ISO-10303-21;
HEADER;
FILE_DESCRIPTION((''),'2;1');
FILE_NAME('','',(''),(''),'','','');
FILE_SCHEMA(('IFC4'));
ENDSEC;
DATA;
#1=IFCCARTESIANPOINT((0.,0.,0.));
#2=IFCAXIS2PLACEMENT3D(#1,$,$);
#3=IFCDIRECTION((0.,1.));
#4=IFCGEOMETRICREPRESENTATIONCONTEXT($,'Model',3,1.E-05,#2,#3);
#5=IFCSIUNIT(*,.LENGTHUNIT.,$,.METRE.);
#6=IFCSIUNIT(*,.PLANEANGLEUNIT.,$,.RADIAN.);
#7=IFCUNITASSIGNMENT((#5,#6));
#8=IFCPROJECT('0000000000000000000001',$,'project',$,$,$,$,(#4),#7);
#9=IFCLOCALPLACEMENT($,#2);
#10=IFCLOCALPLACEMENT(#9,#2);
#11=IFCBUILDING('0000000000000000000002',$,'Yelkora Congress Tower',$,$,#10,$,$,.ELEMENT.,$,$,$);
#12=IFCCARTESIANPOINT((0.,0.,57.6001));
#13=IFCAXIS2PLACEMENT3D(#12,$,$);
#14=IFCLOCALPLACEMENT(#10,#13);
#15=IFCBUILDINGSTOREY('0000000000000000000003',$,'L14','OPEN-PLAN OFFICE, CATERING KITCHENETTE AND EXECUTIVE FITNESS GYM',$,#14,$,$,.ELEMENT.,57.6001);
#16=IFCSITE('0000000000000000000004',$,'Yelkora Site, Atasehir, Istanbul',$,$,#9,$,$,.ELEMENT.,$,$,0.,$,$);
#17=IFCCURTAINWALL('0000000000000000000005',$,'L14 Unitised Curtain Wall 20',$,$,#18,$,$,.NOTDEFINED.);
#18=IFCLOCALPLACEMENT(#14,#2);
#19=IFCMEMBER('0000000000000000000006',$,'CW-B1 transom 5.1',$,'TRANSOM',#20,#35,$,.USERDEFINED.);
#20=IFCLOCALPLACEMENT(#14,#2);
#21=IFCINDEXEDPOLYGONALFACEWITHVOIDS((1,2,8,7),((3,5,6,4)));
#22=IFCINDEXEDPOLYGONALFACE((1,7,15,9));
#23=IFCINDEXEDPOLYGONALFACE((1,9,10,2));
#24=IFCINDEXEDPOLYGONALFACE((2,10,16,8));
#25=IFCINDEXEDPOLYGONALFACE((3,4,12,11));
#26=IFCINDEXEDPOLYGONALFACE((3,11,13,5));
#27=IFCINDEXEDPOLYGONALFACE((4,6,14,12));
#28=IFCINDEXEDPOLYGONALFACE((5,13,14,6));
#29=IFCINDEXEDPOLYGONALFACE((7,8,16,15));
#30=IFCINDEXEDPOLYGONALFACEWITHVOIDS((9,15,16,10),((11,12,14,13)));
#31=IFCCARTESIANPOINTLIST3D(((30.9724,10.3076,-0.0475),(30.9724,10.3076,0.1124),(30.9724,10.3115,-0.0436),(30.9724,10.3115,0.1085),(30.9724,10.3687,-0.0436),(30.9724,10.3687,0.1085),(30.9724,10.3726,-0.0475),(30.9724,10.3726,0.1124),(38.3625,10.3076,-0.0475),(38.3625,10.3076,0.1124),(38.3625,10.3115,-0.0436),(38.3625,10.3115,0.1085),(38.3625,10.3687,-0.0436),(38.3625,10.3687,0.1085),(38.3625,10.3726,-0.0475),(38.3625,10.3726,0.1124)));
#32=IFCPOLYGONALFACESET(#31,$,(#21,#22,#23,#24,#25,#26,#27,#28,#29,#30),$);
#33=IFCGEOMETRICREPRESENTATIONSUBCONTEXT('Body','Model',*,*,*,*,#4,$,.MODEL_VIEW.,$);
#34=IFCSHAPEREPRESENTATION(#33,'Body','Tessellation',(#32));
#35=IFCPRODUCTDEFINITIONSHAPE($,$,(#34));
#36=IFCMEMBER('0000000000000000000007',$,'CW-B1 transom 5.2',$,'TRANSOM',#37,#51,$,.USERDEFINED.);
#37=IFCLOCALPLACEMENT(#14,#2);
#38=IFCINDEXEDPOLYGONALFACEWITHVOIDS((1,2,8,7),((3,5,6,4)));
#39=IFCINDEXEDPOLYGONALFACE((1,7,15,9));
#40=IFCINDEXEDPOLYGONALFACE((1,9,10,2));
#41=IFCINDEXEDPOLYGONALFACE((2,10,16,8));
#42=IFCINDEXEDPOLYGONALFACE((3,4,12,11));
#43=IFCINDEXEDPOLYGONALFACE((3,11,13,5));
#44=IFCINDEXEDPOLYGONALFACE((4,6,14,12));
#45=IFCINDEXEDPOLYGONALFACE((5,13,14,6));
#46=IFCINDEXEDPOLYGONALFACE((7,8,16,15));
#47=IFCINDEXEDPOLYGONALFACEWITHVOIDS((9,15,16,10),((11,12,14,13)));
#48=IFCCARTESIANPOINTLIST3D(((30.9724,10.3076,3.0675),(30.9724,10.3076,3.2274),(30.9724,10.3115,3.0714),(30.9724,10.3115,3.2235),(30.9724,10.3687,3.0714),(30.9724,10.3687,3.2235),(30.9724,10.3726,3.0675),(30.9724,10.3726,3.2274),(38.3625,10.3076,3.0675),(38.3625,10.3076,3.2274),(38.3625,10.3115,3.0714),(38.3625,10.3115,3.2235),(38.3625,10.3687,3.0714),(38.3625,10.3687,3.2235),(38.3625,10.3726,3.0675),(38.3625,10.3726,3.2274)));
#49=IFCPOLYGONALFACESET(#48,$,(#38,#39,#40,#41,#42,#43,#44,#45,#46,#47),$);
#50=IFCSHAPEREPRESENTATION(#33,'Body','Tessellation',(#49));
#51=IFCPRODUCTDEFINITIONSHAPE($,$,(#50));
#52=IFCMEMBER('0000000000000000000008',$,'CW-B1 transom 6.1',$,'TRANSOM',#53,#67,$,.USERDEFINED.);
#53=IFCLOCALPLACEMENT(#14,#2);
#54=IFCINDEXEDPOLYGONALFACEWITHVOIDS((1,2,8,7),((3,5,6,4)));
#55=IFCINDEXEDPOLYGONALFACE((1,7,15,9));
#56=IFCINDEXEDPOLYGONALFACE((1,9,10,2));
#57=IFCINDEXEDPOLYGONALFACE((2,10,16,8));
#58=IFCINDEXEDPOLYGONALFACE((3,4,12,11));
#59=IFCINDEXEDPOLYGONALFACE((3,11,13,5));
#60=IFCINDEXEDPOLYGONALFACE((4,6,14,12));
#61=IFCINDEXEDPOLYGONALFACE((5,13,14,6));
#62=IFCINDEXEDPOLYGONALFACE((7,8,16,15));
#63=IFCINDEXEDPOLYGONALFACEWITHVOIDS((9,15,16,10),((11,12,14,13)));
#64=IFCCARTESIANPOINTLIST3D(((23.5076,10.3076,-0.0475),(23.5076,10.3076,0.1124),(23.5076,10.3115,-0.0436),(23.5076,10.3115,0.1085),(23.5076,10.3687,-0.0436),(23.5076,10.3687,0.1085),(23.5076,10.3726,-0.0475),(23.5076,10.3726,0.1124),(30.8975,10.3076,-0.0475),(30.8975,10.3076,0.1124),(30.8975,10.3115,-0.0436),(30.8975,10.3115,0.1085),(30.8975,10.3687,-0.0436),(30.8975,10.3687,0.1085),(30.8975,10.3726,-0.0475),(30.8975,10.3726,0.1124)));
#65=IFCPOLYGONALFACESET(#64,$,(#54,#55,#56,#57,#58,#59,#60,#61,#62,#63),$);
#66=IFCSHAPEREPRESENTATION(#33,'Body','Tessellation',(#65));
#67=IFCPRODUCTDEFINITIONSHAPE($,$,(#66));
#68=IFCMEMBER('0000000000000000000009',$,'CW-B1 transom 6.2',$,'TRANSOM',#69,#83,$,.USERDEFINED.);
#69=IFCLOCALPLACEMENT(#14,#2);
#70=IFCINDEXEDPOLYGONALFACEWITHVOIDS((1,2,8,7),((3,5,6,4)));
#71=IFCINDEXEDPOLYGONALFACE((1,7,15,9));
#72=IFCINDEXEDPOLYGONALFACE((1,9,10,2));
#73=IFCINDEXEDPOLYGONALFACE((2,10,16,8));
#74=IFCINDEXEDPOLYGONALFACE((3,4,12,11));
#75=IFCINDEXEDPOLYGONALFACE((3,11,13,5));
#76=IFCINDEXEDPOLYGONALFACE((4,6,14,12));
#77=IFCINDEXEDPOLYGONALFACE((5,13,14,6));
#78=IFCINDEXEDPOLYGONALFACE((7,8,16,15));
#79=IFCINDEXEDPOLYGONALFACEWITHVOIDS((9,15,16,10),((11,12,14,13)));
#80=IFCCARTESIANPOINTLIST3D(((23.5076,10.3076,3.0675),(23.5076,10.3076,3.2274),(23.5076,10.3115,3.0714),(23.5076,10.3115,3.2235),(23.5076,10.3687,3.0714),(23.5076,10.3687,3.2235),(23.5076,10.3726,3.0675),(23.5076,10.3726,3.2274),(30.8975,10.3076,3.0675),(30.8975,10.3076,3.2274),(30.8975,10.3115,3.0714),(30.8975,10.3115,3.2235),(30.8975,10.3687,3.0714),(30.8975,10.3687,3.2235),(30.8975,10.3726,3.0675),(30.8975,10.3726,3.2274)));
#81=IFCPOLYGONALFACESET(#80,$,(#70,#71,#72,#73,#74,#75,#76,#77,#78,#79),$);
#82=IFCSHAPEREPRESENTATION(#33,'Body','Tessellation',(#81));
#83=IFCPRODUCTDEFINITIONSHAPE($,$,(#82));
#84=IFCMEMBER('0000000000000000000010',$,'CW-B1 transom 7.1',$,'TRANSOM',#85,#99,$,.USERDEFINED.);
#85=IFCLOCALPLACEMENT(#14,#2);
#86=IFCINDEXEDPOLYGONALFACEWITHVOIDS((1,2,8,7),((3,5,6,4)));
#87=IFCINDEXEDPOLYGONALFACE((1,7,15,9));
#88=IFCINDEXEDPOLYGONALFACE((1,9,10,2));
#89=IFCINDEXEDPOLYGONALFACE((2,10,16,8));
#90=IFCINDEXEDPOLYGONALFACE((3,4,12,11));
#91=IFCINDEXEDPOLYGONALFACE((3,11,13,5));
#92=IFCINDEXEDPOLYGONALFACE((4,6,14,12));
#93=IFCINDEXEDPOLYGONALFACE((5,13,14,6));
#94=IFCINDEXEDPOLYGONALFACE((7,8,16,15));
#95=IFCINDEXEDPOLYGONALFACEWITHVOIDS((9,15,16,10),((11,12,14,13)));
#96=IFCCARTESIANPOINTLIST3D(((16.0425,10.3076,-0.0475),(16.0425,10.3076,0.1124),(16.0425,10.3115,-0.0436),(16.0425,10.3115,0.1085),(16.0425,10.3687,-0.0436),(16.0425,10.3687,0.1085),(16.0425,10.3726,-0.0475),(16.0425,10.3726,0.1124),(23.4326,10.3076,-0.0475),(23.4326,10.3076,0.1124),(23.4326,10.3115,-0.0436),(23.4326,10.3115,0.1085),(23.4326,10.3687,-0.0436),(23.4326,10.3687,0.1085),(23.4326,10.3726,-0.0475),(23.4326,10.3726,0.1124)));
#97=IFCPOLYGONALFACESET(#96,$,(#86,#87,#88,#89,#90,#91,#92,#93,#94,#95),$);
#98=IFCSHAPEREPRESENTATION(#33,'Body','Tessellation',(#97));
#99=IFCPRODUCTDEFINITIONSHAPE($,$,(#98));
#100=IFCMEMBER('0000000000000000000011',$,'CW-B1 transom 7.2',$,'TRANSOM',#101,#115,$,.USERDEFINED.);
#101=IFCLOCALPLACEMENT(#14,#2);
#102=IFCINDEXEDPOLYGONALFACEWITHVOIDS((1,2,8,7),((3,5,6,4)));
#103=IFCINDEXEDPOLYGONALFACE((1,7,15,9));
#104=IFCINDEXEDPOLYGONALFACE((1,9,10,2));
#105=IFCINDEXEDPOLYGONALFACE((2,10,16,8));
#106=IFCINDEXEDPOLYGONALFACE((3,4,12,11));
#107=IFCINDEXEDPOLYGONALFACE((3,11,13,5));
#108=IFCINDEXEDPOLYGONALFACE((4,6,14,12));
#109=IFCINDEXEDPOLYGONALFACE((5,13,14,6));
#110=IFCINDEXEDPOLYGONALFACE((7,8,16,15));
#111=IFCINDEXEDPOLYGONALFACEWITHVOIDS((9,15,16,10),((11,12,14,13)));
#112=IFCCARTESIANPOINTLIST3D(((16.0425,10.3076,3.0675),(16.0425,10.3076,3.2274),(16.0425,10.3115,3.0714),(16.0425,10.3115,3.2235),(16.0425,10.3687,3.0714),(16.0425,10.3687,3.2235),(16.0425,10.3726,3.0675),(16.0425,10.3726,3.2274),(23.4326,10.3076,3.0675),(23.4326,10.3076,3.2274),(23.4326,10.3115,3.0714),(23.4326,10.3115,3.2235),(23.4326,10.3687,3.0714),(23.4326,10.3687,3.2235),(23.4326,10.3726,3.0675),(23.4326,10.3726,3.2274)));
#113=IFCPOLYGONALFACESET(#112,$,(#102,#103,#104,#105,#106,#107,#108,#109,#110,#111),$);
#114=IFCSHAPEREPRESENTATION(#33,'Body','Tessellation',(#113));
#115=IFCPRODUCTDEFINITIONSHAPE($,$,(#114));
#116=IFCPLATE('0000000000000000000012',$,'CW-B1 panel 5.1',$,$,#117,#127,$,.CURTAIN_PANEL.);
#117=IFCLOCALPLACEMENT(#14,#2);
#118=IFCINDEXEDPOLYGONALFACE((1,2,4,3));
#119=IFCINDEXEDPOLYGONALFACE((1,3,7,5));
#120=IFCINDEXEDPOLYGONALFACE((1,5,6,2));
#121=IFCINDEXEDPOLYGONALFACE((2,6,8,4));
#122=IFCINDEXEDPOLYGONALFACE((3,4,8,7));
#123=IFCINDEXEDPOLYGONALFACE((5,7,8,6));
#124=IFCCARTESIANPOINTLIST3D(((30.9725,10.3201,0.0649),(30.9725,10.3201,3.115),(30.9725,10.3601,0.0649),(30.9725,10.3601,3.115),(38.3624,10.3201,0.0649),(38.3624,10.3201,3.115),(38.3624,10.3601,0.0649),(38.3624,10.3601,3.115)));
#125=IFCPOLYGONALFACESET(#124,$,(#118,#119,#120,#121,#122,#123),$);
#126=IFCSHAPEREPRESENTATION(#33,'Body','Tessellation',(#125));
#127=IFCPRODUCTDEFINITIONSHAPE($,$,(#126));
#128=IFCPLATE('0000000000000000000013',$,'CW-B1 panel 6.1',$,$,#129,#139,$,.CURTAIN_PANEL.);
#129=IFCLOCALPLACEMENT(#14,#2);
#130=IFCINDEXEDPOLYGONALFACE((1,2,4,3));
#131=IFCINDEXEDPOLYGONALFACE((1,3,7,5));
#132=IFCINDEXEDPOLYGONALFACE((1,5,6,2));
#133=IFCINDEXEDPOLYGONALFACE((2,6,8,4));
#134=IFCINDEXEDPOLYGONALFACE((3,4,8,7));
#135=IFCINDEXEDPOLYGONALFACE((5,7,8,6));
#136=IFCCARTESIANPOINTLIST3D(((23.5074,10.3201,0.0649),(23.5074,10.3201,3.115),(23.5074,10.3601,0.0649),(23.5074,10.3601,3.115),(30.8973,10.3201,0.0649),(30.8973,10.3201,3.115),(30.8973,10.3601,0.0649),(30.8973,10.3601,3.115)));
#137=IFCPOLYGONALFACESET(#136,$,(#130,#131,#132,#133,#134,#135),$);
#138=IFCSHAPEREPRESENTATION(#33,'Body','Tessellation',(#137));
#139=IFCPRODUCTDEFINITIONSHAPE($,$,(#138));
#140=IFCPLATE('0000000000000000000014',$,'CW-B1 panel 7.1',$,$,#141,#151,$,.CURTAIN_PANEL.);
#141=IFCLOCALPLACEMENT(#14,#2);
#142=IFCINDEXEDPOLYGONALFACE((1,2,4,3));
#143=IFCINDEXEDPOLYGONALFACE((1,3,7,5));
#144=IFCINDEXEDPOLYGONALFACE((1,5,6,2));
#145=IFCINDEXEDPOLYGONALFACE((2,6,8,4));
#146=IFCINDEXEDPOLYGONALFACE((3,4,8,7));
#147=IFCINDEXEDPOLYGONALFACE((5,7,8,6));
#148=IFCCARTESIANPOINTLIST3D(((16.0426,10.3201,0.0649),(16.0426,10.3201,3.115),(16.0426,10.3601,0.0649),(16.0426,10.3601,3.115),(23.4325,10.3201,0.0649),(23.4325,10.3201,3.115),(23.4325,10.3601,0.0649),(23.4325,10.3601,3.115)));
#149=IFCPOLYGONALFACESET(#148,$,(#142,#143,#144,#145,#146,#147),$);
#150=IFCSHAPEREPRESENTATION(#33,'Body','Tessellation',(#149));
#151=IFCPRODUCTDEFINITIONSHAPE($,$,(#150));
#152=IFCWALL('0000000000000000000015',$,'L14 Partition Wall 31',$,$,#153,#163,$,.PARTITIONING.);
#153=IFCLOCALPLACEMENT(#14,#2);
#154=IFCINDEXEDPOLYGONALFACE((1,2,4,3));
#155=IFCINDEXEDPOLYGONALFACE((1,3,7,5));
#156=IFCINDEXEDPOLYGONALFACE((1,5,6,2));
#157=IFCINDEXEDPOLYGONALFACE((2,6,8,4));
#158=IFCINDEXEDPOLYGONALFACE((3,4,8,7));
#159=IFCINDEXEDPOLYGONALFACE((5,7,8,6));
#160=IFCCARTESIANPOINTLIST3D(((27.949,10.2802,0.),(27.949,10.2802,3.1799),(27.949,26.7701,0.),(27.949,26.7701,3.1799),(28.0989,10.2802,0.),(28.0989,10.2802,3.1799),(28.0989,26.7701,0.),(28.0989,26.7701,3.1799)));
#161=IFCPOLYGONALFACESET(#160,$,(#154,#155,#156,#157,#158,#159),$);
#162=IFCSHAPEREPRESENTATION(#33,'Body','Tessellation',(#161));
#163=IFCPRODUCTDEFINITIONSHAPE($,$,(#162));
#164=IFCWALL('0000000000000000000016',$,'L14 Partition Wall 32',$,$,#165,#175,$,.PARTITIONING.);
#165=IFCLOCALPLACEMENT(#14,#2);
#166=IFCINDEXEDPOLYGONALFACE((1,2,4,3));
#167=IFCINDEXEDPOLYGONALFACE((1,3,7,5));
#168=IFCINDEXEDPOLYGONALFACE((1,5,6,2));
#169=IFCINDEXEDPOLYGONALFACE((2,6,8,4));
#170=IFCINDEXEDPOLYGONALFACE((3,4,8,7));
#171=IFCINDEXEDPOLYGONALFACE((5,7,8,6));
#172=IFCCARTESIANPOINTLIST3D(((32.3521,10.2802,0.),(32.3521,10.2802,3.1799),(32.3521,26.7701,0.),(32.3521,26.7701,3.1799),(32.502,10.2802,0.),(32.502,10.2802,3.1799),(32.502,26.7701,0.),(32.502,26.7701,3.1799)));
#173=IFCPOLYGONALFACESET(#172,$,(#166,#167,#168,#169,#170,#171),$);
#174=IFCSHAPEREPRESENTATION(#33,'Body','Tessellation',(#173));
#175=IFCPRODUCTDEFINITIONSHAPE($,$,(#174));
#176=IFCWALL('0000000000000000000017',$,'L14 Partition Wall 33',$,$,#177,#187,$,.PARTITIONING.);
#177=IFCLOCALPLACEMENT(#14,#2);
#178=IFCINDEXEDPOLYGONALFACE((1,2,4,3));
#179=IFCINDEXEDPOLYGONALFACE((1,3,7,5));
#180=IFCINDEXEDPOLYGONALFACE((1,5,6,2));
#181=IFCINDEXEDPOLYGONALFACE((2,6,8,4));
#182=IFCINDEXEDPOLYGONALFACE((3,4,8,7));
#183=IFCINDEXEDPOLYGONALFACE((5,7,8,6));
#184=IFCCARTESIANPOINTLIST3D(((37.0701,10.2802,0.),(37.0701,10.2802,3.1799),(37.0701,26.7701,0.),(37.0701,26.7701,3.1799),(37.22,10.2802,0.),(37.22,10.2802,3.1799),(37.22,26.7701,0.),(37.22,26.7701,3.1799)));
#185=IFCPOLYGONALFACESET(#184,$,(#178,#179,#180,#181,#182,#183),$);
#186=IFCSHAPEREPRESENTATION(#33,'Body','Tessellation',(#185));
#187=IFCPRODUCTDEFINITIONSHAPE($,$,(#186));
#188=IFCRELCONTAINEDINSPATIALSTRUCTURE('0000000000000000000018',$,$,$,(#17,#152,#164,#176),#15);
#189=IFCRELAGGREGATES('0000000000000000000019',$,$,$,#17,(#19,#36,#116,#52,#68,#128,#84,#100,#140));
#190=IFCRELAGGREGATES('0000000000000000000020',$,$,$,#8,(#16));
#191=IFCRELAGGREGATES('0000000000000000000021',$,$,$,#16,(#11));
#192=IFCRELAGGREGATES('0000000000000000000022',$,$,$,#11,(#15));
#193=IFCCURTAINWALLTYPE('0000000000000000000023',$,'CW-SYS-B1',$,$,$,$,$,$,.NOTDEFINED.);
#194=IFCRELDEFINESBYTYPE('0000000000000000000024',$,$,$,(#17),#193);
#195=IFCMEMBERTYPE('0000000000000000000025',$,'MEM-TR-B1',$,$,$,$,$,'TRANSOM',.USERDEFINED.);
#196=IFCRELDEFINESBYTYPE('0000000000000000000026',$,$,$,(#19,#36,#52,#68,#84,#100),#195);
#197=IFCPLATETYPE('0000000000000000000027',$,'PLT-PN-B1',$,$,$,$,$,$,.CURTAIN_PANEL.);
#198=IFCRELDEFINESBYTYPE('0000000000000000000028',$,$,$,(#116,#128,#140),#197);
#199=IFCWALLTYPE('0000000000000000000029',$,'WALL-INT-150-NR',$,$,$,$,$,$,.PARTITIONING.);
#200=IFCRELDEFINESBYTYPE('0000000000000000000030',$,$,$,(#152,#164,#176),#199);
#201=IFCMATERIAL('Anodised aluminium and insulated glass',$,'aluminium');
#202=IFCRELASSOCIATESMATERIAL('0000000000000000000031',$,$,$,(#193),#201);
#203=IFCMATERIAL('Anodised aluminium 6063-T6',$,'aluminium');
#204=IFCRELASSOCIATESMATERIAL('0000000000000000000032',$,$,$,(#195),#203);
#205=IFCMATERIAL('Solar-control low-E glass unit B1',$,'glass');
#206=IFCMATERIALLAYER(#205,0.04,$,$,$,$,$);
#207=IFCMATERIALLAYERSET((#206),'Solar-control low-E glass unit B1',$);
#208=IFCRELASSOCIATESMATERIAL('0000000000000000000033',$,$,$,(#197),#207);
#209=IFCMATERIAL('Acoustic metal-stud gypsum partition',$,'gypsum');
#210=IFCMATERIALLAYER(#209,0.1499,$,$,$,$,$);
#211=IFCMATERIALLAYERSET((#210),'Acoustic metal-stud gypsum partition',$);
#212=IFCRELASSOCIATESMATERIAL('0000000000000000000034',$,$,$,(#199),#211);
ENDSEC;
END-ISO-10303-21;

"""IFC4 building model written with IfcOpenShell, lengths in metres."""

from ifc_helpers import new_model, si_unit, direction, frame, frame_2d, origin, origin_2d, place, context, subcontext, project, spatial, rectangle, hollow_rectangle, extrude, material, layer, layer_set, material_profile, profile_set, type_object, element, aggregate, save


model = new_model("IFC4")

# Units and contexts
model_context = context("Model", 3, precision=1e-05, world=origin(), true_north=direction((0.0, 1.0)))
body_context = subcontext(model_context, "Body", "Model", "MODEL_VIEW")
ifc_project = project(units=[si_unit("LENGTHUNIT", "METRE"), si_unit("PLANEANGLEUNIT", "RADIAN")], contexts=[model_context])

# Site, building, storey
site_placement = place(None, origin())
site = spatial("IfcSite", under=ifc_project, at=site_placement, Name="Yelkora Site, Atasehir, Istanbul", CompositionType="ELEMENT", RefElevation=0.0)
building_placement = place(site_placement, origin())
building = spatial("IfcBuilding", under=site, at=building_placement, Name="Yelkora Congress Tower", CompositionType="ELEMENT")
storey_placement = place(building_placement, frame((0.0, 0.0, 57.6001)))
storey = spatial("IfcBuildingStorey", under=building, at=storey_placement, Name="L14", Description="OPEN-PLAN OFFICE, CATERING KITCHENETTE AND EXECUTIVE FITNESS GYM", CompositionType="ELEMENT", Elevation=57.6001)

# Curtain wall, members, plates
ifc_material_1 = material(Name="Anodised aluminium and insulated glass", Category="aluminium")
curtain_wall_type = type_object("IfcCurtainWallType", Name="CW-SYS-B1", PredefinedType="NOTDEFINED", material=ifc_material_1)
curtain_wall_placement = place(storey_placement, origin())
curtain_wall = element("IfcCurtainWall", 1, at=curtain_wall_placement, inside=storey, type_object=curtain_wall_type, Name="L14 Unitised Curtain Wall 20", PredefinedType="NOTDEFINED")
ifc_material_2 = material(Name="Anodised aluminium 6063-T6", Category="aluminium")
ifc_material_profile_1 = material_profile(ifc_material_2, hollow_rectangle(XDim=0.0649, YDim=0.1599, WallThickness=0.0039, at=origin_2d()), Name="ALU 65x160x4")
ifc_profile_set_1 = profile_set([ifc_material_profile_1], Name="Anodised aluminium 6063-T6")
member_type_1 = type_object("IfcMemberType", Name="MEM-TR-B1", ElementType="TRANSOM", PredefinedType="USERDEFINED", material=ifc_profile_set_1)
member_1_placement = place(storey_placement, frame((38.3625, 10.3401, 0.0325), z_axis=(-1.0, 0.0, 0.0), x_axis=(0.0, -1.0, 0.0)))
member_1 = element("IfcMember", 2, at=member_1_placement, type_object=member_type_1, Name="CW-B1 transom 5.1", ObjectType="TRANSOM", PredefinedType="USERDEFINED", context=body_context, shape_type="SweptSolid", body=[
    extrude(hollow_rectangle(XDim=0.0649, YDim=0.1599, WallThickness=0.0039, at=origin_2d()), origin(), (0.0, 0.0, 1.0), 7.3901),
])
member_2_placement = place(storey_placement, frame((38.3625, 10.3401, 3.1475), z_axis=(-1.0, 0.0, 0.0), x_axis=(0.0, -1.0, 0.0)))
member_2 = element("IfcMember", 3, at=member_2_placement, type_object=member_type_1, Name="CW-B1 transom 5.2", ObjectType="TRANSOM", PredefinedType="USERDEFINED", context=body_context, shape_type="SweptSolid", body=[
    extrude(hollow_rectangle(XDim=0.0649, YDim=0.1599, WallThickness=0.0039, at=origin_2d()), origin(), (0.0, 0.0, 1.0), 7.3901),
])
member_3_placement = place(storey_placement, frame((30.8975, 10.3401, 0.0325), z_axis=(-1.0, 0.0, 0.0), x_axis=(0.0, -1.0, 0.0)))
member_3 = element("IfcMember", 4, at=member_3_placement, type_object=member_type_1, Name="CW-B1 transom 6.1", ObjectType="TRANSOM", PredefinedType="USERDEFINED", context=body_context, shape_type="SweptSolid", body=[
    extrude(hollow_rectangle(XDim=0.0649, YDim=0.1599, WallThickness=0.0039, at=origin_2d()), origin(), (0.0, 0.0, 1.0), 7.3899),
])
member_4_placement = place(storey_placement, frame((30.8975, 10.3401, 3.1475), z_axis=(-1.0, 0.0, 0.0), x_axis=(0.0, -1.0, 0.0)))
member_4 = element("IfcMember", 5, at=member_4_placement, type_object=member_type_1, Name="CW-B1 transom 6.2", ObjectType="TRANSOM", PredefinedType="USERDEFINED", context=body_context, shape_type="SweptSolid", body=[
    extrude(hollow_rectangle(XDim=0.0649, YDim=0.1599, WallThickness=0.0039, at=origin_2d()), origin(), (0.0, 0.0, 1.0), 7.3899),
])
member_5_placement = place(storey_placement, frame((23.4326, 10.3401, 0.0325), z_axis=(-1.0, 0.0, 0.0), x_axis=(0.0, -1.0, 0.0)))
member_5 = element("IfcMember", 6, at=member_5_placement, type_object=member_type_1, Name="CW-B1 transom 7.1", ObjectType="TRANSOM", PredefinedType="USERDEFINED", context=body_context, shape_type="SweptSolid", body=[
    extrude(hollow_rectangle(XDim=0.0649, YDim=0.1599, WallThickness=0.0039, at=origin_2d()), origin(), (0.0, 0.0, 1.0), 7.3901),
])
member_6_placement = place(storey_placement, frame((23.4326, 10.3401, 3.1475), z_axis=(-1.0, 0.0, 0.0), x_axis=(0.0, -1.0, 0.0)))
member_6 = element("IfcMember", 7, at=member_6_placement, type_object=member_type_1, Name="CW-B1 transom 7.2", ObjectType="TRANSOM", PredefinedType="USERDEFINED", context=body_context, shape_type="SweptSolid", body=[
    extrude(hollow_rectangle(XDim=0.0649, YDim=0.1599, WallThickness=0.0039, at=origin_2d()), origin(), (0.0, 0.0, 1.0), 7.3901),
])
ifc_material_3 = material(Name="Solar-control low-E glass unit B1", Category="glass")
ifc_layer_1 = layer(ifc_material_3, 0.04)
ifc_layer_set_1 = layer_set([ifc_layer_1], Name="Solar-control low-E glass unit B1")
plate_type = type_object("IfcPlateType", Name="PLT-PN-B1", PredefinedType="CURTAIN_PANEL", material=ifc_layer_set_1)
plate_1_placement = place(storey_placement, frame((34.6675, 10.3401, 0.0649), z_axis=(0.0, 0.0, 1.0), x_axis=(-1.0, 0.0, 0.0)))
plate_1 = element("IfcPlate", 8, at=plate_1_placement, type_object=plate_type, Name="CW-B1 panel 5.1", PredefinedType="CURTAIN_PANEL", context=body_context, shape_type="SweptSolid", body=[
    extrude(rectangle(XDim=7.3899, YDim=0.04, at=origin_2d()), origin(), (0.0, 0.0, 1.0), 3.05),
])
plate_2_placement = place(storey_placement, frame((27.2024, 10.3401, 0.0649), z_axis=(0.0, 0.0, 1.0), x_axis=(-1.0, 0.0, 0.0)))
plate_2 = element("IfcPlate", 9, at=plate_2_placement, type_object=plate_type, Name="CW-B1 panel 6.1", PredefinedType="CURTAIN_PANEL", context=body_context, shape_type="SweptSolid", body=[
    extrude(rectangle(XDim=7.3899, YDim=0.04, at=origin_2d()), origin(), (0.0, 0.0, 1.0), 3.05),
])
plate_3_placement = place(storey_placement, frame((19.7375, 10.3401, 0.0649), z_axis=(0.0, 0.0, 1.0), x_axis=(-1.0, 0.0, 0.0)))
plate_3 = element("IfcPlate", 10, at=plate_3_placement, type_object=plate_type, Name="CW-B1 panel 7.1", PredefinedType="CURTAIN_PANEL", context=body_context, shape_type="SweptSolid", body=[
    extrude(rectangle(XDim=7.3899, YDim=0.04, at=origin_2d()), origin(), (0.0, 0.0, 1.0), 3.05),
])
aggregate(curtain_wall, [member_1, member_2, plate_1, member_3, member_4, plate_2, member_5, member_6, plate_3])

# Walls
ifc_material_4 = material(Name="Acoustic metal-stud gypsum partition", Category="gypsum")
ifc_layer_2 = layer(ifc_material_4, 0.1499)
ifc_layer_set_2 = layer_set([ifc_layer_2], Name="Acoustic metal-stud gypsum partition")
wall_type = type_object("IfcWallType", Name="WALL-INT-150-NR", PredefinedType="PARTITIONING", material=ifc_layer_set_2)
for number, where, z_axis, x_axis, name in (
    (11, (28.0239, 10.28, 0.0), (0.0, 0.0, 1.0), (0.0, 1.0, 0.0), "L14 Partition Wall 31"),
    (12, (32.427, 10.28, 0.0), (0.0, 0.0, 1.0), (0.0, 1.0, 0.0), "L14 Partition Wall 32"),
    (13, (37.145, 10.28, 0.0), (0.0, 0.0, 1.0), (0.0, 1.0, 0.0), "L14 Partition Wall 33"),
):
    element("IfcWall", number, at=place(storey_placement, frame(where, z_axis=z_axis, x_axis=x_axis)), inside=storey, type_object=wall_type, Name=name, PredefinedType="PARTITIONING", context=body_context, shape_type="SweptSolid", body=[
        extrude(rectangle(XDim=16.49, YDim=0.1499, at=frame_2d((8.2451, 0.0))), origin(), (0.0, 0.0, 1.0), 3.1799),
    ])

save(model, "model.ifc")
